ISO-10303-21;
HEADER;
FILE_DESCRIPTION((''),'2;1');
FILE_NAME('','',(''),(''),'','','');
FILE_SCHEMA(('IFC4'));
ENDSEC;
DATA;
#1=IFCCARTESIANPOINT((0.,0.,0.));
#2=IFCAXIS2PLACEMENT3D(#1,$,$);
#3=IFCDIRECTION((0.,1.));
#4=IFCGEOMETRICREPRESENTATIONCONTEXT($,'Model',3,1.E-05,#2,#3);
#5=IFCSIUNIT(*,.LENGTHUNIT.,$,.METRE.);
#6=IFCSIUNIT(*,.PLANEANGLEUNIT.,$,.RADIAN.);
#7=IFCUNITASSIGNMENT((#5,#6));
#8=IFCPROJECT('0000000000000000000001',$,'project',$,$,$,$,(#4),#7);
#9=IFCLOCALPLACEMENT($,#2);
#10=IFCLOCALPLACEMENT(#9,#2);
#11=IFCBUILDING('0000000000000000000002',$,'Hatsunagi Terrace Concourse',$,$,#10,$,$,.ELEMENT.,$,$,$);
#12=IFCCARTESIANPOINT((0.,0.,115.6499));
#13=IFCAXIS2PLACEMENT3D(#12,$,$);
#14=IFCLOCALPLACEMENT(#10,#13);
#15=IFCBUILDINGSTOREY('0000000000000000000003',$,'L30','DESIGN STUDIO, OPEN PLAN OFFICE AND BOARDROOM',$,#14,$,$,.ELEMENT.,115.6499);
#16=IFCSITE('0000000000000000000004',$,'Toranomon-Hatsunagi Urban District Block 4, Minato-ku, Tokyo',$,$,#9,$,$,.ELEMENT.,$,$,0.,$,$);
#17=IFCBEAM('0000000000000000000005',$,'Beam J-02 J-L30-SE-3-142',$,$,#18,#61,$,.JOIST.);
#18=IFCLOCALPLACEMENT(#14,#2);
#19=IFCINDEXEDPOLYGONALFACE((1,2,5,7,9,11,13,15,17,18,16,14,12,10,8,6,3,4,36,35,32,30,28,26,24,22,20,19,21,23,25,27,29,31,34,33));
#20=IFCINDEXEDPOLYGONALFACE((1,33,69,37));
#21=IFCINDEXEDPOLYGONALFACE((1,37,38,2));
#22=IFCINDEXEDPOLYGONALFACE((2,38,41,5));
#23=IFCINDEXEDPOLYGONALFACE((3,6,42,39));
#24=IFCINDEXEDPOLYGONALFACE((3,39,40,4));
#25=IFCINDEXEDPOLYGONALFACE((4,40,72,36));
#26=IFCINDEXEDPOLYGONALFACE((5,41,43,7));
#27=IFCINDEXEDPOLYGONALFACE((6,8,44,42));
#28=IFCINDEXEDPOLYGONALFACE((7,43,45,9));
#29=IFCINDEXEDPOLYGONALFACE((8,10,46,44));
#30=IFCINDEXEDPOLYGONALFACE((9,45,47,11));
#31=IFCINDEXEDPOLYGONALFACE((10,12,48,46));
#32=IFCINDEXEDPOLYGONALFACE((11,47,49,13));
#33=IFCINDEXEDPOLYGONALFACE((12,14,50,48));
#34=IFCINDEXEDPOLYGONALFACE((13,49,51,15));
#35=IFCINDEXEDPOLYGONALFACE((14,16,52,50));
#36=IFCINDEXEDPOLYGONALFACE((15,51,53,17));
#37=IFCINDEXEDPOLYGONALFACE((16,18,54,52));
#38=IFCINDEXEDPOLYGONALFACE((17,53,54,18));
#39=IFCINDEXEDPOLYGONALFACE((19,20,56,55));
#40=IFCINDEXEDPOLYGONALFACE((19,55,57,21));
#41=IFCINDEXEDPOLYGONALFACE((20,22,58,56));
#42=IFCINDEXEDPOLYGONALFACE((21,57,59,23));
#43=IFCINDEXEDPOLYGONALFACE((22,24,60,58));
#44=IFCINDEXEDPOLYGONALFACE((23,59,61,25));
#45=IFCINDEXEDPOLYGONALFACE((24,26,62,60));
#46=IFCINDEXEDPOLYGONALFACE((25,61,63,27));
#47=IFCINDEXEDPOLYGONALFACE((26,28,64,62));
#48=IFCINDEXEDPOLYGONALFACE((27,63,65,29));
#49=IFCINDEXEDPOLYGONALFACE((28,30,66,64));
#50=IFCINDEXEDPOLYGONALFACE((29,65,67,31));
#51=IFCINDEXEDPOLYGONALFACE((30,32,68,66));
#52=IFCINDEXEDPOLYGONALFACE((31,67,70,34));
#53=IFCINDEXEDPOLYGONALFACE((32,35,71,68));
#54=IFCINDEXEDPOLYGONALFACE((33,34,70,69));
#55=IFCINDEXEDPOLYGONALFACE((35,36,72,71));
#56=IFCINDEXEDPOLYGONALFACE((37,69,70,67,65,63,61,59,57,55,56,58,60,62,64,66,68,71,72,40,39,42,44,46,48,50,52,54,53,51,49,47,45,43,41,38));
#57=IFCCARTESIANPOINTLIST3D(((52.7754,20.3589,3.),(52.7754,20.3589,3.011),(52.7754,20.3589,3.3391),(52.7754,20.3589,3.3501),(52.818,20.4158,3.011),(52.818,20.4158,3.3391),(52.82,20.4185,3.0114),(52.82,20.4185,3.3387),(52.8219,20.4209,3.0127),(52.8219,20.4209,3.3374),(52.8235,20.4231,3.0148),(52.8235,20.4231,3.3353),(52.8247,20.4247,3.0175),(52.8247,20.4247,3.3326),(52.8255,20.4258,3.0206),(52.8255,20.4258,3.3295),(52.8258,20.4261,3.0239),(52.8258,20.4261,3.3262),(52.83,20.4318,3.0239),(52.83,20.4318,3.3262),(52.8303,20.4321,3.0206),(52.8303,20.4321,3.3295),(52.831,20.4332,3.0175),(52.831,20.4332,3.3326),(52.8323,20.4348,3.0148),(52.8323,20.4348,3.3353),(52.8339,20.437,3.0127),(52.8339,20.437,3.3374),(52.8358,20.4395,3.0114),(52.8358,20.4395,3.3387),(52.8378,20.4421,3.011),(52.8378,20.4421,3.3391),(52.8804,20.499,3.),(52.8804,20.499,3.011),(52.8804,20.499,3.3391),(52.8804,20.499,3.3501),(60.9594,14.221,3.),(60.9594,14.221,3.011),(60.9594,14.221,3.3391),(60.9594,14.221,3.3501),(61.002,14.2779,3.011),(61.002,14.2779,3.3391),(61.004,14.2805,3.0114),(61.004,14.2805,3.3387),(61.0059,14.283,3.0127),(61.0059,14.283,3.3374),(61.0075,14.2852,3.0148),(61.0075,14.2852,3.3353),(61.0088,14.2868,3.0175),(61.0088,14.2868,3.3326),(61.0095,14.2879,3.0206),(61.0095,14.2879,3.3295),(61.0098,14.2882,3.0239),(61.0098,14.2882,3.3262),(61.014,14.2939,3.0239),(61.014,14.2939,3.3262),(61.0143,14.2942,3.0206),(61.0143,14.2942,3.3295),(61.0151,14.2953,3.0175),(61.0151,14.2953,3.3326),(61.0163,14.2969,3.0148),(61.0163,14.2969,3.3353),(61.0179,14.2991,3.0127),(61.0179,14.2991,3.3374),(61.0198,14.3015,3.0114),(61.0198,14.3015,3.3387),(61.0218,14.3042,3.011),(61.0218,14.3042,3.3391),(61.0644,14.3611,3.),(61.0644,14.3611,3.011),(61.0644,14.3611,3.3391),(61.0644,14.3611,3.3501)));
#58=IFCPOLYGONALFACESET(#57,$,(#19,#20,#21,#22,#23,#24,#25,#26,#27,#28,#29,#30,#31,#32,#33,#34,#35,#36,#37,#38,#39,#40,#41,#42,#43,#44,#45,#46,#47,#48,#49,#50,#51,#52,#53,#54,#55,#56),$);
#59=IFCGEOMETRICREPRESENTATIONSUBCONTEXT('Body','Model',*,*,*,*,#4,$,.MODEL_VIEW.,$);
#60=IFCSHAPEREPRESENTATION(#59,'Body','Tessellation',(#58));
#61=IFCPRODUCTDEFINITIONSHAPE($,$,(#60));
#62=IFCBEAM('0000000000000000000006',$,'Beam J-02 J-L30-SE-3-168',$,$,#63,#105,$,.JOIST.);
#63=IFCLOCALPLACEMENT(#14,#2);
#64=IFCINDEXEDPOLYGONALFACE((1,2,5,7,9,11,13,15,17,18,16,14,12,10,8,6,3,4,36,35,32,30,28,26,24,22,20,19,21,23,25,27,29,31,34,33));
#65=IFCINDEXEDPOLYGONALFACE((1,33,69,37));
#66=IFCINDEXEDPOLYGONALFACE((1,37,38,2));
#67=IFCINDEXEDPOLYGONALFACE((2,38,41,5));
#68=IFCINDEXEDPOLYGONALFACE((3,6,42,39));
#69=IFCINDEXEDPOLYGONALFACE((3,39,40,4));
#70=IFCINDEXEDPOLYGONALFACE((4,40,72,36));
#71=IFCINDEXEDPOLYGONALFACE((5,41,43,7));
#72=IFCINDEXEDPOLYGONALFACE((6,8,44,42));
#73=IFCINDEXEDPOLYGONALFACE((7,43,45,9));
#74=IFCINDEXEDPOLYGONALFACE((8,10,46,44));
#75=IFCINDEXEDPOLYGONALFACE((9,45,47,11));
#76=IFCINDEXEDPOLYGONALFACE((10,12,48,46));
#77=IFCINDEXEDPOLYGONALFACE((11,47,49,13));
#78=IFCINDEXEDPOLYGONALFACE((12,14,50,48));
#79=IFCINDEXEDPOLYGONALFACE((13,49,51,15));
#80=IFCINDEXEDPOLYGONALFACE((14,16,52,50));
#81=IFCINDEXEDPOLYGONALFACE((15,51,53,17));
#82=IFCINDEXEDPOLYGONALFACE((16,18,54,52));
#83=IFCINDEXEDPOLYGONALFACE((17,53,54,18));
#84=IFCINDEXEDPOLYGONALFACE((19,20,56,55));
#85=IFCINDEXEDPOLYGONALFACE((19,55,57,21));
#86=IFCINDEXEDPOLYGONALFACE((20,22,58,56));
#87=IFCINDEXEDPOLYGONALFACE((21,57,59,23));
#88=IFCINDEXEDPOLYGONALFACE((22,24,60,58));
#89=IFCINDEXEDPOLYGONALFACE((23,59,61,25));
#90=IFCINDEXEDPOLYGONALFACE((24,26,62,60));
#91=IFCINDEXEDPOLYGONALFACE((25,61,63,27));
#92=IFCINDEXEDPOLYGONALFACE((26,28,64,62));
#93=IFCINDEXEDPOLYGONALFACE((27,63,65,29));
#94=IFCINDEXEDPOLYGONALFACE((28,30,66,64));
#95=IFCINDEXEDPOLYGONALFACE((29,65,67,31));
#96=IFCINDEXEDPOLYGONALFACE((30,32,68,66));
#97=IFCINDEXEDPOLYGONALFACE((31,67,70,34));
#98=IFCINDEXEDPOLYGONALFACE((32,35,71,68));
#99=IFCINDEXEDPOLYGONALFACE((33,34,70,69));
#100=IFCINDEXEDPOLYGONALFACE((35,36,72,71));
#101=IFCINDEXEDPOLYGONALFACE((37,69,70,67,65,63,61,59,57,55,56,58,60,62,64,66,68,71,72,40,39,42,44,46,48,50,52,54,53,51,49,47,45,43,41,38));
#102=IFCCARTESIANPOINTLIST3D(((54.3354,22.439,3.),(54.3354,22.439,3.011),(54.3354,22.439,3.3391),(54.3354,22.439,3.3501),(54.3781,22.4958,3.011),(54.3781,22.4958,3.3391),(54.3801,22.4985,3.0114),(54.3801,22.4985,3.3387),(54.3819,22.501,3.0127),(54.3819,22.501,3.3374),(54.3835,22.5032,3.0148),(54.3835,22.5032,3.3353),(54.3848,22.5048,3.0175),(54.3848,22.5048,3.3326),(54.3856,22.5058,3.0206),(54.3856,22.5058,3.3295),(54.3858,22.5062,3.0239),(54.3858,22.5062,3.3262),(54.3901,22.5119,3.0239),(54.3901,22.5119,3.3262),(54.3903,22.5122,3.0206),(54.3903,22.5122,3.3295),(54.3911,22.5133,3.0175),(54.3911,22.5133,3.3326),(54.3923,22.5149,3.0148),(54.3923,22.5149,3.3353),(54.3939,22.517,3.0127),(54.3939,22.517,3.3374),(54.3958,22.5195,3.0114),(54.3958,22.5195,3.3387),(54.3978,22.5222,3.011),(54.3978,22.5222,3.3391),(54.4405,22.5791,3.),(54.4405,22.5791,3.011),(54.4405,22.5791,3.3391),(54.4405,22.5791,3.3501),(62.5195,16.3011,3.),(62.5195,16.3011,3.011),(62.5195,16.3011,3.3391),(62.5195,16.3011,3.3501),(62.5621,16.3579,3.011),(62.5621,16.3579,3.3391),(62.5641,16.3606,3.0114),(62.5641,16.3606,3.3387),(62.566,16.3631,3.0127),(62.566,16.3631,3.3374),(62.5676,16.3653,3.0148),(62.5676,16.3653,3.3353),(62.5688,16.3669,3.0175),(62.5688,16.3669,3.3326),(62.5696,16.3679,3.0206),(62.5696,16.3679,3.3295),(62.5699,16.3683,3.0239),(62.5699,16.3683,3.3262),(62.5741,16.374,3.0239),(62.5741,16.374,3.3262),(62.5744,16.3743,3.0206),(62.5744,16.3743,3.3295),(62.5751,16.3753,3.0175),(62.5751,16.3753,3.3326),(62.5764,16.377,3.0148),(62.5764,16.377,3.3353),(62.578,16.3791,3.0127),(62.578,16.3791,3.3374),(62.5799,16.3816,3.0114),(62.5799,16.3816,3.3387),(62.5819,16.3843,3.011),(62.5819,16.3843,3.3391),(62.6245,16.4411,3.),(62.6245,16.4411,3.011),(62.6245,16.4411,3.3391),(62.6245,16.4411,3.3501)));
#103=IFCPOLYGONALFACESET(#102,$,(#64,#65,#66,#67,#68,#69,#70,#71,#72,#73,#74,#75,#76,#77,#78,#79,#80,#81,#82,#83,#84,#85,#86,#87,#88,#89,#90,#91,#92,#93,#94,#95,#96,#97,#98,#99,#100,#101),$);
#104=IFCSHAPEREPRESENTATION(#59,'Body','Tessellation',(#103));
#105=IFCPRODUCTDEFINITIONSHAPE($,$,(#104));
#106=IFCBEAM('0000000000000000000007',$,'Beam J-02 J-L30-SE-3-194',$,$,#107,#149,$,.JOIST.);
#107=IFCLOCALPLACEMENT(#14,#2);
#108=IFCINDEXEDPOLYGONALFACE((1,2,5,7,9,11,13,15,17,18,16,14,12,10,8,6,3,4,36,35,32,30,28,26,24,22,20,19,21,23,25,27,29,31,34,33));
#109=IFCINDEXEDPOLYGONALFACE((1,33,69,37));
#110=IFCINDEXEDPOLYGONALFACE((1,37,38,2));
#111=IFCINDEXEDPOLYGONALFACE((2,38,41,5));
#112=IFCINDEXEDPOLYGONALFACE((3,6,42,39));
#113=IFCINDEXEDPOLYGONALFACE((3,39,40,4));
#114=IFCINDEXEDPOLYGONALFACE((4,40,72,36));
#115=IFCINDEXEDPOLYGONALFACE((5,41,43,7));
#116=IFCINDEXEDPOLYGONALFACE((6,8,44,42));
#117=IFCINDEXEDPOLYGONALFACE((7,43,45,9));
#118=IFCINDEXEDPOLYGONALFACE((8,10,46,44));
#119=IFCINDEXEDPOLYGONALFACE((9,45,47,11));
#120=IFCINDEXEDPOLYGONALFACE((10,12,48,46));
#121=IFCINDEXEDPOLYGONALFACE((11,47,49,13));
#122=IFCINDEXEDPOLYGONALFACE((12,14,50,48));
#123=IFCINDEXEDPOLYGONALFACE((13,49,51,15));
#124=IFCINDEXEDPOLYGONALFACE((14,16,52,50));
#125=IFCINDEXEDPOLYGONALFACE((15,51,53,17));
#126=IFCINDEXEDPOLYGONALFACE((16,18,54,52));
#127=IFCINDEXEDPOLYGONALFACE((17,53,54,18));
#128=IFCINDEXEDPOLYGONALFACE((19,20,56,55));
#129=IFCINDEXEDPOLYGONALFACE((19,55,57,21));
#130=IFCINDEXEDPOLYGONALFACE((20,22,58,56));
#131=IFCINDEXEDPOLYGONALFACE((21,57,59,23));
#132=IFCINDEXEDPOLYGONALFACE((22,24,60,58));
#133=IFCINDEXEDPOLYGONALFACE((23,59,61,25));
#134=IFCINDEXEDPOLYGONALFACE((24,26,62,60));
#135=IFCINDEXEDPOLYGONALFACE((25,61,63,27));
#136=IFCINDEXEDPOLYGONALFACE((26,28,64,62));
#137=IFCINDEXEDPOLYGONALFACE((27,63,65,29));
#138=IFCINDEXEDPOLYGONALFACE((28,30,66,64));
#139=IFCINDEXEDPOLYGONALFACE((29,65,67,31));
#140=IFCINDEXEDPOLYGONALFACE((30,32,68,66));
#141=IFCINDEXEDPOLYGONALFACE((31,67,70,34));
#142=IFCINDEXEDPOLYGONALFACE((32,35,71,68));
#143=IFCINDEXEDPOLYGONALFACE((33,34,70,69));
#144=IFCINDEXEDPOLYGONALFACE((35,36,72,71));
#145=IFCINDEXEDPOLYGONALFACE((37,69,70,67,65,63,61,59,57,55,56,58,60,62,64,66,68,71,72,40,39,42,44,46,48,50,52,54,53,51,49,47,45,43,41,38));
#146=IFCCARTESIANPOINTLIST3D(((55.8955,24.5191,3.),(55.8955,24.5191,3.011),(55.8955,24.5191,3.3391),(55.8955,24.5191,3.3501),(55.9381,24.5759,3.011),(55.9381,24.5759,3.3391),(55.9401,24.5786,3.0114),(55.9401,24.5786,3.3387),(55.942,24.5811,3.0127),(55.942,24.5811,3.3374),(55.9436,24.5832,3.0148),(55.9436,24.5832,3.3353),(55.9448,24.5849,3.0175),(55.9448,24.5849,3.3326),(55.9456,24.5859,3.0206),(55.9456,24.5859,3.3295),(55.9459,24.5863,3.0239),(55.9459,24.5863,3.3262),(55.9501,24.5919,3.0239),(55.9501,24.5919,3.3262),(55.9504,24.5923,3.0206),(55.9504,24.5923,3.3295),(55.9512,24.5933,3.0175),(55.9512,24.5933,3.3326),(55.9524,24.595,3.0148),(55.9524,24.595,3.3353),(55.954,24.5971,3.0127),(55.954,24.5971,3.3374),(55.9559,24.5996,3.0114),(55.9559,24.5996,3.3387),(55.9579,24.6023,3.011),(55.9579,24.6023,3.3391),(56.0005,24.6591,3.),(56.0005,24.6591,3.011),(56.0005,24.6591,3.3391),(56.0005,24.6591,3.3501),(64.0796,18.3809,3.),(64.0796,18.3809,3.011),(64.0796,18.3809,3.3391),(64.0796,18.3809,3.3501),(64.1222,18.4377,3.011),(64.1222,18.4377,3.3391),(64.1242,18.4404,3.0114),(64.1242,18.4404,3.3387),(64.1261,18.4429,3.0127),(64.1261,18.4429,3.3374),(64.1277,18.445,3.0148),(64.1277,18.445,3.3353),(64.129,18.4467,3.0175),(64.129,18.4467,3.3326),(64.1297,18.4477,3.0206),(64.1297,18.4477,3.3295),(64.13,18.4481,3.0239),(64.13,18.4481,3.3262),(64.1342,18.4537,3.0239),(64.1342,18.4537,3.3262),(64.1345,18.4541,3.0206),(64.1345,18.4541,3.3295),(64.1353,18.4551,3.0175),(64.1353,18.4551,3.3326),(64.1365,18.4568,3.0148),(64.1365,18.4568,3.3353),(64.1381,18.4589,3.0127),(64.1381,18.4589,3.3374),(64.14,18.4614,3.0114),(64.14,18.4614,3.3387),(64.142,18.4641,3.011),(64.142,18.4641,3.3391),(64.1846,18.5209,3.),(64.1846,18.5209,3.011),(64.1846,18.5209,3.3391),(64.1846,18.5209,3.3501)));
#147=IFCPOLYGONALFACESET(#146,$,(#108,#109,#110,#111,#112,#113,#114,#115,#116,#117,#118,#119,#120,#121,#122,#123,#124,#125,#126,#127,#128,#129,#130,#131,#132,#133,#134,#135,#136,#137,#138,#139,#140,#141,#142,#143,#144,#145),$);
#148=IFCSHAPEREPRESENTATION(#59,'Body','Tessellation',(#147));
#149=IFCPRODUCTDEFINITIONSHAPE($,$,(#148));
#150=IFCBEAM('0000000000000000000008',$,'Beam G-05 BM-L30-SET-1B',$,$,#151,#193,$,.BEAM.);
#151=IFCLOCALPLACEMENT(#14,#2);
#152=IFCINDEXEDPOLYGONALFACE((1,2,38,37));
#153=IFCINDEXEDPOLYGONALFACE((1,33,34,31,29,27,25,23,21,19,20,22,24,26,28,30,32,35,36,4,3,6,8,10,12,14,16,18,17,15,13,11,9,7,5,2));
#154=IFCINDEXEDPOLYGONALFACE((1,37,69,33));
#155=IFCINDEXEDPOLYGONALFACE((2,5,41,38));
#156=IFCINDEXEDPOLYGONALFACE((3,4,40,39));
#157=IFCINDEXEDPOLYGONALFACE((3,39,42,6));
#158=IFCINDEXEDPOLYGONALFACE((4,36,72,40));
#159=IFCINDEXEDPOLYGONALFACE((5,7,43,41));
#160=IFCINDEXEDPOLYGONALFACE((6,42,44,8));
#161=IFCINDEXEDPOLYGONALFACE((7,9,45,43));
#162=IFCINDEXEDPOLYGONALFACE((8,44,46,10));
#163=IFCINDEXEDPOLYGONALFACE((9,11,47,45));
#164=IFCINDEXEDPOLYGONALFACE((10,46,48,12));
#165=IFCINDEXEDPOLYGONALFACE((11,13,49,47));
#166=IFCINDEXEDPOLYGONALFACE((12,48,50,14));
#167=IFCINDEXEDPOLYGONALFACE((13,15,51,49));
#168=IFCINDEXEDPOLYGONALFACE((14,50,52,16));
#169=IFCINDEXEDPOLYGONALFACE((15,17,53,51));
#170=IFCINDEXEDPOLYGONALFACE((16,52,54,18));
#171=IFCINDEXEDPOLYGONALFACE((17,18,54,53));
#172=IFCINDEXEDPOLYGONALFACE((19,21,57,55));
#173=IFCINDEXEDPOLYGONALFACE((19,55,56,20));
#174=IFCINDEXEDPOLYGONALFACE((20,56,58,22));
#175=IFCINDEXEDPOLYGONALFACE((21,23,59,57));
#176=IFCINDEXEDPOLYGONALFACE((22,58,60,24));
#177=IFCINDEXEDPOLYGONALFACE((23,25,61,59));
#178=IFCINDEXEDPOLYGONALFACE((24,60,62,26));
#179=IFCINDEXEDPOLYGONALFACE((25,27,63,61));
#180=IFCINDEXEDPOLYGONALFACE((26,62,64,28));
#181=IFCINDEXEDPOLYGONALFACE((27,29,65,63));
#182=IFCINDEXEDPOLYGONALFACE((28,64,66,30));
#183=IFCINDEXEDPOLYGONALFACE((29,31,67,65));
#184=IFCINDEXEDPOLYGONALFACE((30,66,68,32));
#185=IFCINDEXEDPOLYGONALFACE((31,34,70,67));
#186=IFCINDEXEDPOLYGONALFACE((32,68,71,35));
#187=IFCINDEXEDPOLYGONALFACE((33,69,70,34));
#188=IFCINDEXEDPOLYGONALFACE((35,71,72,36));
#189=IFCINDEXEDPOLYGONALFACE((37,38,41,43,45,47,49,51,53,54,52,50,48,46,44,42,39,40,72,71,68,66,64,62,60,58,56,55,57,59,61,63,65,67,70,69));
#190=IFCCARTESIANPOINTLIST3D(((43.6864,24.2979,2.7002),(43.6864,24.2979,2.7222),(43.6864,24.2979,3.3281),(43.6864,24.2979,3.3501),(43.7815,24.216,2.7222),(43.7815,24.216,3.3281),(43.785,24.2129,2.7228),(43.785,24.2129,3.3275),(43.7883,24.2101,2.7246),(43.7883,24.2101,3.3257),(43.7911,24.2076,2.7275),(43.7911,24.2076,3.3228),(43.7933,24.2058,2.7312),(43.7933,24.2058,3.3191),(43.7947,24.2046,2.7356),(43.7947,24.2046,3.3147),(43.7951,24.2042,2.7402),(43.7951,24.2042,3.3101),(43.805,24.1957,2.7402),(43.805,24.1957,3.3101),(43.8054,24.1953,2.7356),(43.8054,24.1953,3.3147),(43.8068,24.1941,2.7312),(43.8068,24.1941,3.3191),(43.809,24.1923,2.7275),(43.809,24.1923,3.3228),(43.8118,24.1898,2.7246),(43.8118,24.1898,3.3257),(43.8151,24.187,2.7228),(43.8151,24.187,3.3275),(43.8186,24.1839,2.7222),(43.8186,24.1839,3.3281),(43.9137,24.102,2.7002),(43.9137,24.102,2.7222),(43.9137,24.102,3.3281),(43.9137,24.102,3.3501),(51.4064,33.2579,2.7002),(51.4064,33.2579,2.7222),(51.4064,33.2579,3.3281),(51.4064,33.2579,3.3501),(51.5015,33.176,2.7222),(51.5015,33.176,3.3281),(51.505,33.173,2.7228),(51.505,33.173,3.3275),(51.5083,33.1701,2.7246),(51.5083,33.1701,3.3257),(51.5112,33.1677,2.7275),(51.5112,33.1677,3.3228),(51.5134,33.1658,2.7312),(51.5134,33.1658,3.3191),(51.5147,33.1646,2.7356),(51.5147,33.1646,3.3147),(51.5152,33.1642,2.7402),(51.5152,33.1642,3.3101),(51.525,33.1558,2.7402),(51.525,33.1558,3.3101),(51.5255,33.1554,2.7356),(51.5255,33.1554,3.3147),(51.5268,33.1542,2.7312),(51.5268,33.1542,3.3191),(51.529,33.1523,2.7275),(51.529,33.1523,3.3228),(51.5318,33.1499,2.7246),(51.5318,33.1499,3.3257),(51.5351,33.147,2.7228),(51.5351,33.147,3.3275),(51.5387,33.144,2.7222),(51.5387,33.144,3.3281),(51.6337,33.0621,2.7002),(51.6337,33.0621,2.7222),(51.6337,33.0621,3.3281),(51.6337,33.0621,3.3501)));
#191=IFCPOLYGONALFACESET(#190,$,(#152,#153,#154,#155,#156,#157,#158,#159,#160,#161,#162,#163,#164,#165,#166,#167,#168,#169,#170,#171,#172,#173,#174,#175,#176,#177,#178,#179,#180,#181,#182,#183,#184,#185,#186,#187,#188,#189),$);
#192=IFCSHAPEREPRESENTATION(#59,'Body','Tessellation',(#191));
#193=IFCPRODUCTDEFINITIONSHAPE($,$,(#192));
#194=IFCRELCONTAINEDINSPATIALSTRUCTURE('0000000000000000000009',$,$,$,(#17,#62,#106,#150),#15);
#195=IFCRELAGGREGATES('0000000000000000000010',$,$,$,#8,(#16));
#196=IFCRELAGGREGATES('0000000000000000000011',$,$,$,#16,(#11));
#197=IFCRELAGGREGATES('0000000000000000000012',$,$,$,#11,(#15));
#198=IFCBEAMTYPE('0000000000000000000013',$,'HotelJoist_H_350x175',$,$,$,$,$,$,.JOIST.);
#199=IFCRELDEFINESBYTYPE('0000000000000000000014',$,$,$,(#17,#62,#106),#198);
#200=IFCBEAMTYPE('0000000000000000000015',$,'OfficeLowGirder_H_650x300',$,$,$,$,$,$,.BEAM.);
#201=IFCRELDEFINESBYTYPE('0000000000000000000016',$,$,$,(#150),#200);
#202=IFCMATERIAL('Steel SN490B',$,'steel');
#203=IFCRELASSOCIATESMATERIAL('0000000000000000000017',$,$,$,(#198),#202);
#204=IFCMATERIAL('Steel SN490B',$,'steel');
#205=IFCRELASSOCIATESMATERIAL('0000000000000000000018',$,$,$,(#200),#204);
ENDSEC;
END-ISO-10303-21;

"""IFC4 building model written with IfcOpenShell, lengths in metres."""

from ifc_helpers import new_model, si_unit, direction, frame, origin, origin_2d, place, context, subcontext, project, spatial, i_section, extrude, material, material_profile, profile_set, type_object, element, save


model = new_model("IFC4")

# Units and contexts
model_context = context("Model", 3, precision=1e-05, world=origin(), true_north=direction((0.0, 1.0)))
body_context = subcontext(model_context, "Body", "Model", "MODEL_VIEW")
ifc_project = project(units=[si_unit("LENGTHUNIT", "METRE"), si_unit("PLANEANGLEUNIT", "RADIAN")], contexts=[model_context])

# Site, building, storey
site_placement = place(None, origin())
site = spatial("IfcSite", under=ifc_project, at=site_placement, Name="Toranomon-Hatsunagi Urban District Block 4, Minato-ku, Tokyo", CompositionType="ELEMENT", RefElevation=0.0)
building_placement = place(site_placement, origin())
building = spatial("IfcBuilding", under=site, at=building_placement, Name="Hatsunagi Terrace Concourse", CompositionType="ELEMENT")
storey_placement = place(building_placement, frame((0.0, 0.0, 115.6499)))
storey = spatial("IfcBuildingStorey", under=building, at=storey_placement, Name="L30", Description="DESIGN STUDIO, OPEN PLAN OFFICE AND BOARDROOM", CompositionType="ELEMENT", Elevation=115.6499)

# Beams
ifc_material_1 = material(Name="Steel SN490B", Category="steel")
ifc_material_profile_1 = material_profile(ifc_material_1, i_section(OverallWidth=0.175, OverallDepth=0.3501, WebThickness=0.0071, FlangeThickness=0.011, FilletRadius=0.0129, at=origin_2d()), Name="H-350x175x7x11")
ifc_profile_set_1 = profile_set([ifc_material_profile_1], Name="Steel SN490B")
beam_type_1 = type_object("IfcBeamType", Name="HotelJoist_H_350x175", PredefinedType="JOIST", material=ifc_profile_set_1)
for number, where, z_axis, x_axis, name in (
    (1, (52.8279, 20.429, 3.175), (0.800006, -0.599992, 0.0), (0.599992, 0.800006, 0.0), "Beam J-02 J-L30-SE-3-142"),
    (2, (54.3879, 22.509, 3.175), (0.800006, -0.599992, 0.0), (0.599992, 0.800006, 0.0), "Beam J-02 J-L30-SE-3-168"),
):
    element("IfcBeam", number, at=place(storey_placement, frame(where, z_axis=z_axis, x_axis=x_axis)), inside=storey, type_object=beam_type_1, Name=name, PredefinedType="JOIST", context=body_context, shape_type="SweptSolid", body=[
        extrude(i_section(OverallWidth=0.175, OverallDepth=0.3501, WebThickness=0.0071, FlangeThickness=0.011, FilletRadius=0.0129, at=origin_2d()), origin(), (0.0, 0.0, 1.0), 10.23),
    ])
beam_1_placement = place(storey_placement, frame((55.948, 24.5891, 3.175), z_axis=(0.799994, -0.600008, 0.0), x_axis=(0.600008, 0.799994, 0.0)))
element("IfcBeam", 3, at=beam_1_placement, inside=storey, type_object=beam_type_1, Name="Beam J-02 J-L30-SE-3-194", PredefinedType="JOIST", context=body_context, shape_type="SweptSolid", body=[
    extrude(i_section(OverallWidth=0.175, OverallDepth=0.3501, WebThickness=0.0071, FlangeThickness=0.011, FilletRadius=0.0129, at=origin_2d()), origin(), (0.0, 0.0, 1.0), 10.2302),
])
ifc_material_2 = material(Name="Steel SN490B", Category="steel")
ifc_material_profile_2 = material_profile(ifc_material_2, i_section(OverallWidth=0.3, OverallDepth=0.6499, WebThickness=0.0129, FlangeThickness=0.022, FilletRadius=0.0181, at=origin_2d()), Name="H-650x300x13x22")
ifc_profile_set_2 = profile_set([ifc_material_profile_2], Name="Steel SN490B")
beam_type_2 = type_object("IfcBeamType", Name="OfficeLowGirder_H_650x300", PredefinedType="BEAM", material=ifc_profile_set_2)
beam_2_placement = place(storey_placement, frame((43.8, 24.2, 3.0251), z_axis=(0.652739, 0.757583, 0.0), x_axis=(-0.757583, 0.652739, 0.0)))
element("IfcBeam", 4, at=beam_2_placement, inside=storey, type_object=beam_type_2, Name="Beam G-05 BM-L30-SET-1B", PredefinedType="BEAM", context=body_context, shape_type="SweptSolid", body=[
    extrude(i_section(OverallWidth=0.3, OverallDepth=0.6499, WebThickness=0.0129, FlangeThickness=0.022, FilletRadius=0.0181, at=origin_2d()), origin(), (0.0, 0.0, 1.0), 11.8271),
])

save(model, "model.ifc")
